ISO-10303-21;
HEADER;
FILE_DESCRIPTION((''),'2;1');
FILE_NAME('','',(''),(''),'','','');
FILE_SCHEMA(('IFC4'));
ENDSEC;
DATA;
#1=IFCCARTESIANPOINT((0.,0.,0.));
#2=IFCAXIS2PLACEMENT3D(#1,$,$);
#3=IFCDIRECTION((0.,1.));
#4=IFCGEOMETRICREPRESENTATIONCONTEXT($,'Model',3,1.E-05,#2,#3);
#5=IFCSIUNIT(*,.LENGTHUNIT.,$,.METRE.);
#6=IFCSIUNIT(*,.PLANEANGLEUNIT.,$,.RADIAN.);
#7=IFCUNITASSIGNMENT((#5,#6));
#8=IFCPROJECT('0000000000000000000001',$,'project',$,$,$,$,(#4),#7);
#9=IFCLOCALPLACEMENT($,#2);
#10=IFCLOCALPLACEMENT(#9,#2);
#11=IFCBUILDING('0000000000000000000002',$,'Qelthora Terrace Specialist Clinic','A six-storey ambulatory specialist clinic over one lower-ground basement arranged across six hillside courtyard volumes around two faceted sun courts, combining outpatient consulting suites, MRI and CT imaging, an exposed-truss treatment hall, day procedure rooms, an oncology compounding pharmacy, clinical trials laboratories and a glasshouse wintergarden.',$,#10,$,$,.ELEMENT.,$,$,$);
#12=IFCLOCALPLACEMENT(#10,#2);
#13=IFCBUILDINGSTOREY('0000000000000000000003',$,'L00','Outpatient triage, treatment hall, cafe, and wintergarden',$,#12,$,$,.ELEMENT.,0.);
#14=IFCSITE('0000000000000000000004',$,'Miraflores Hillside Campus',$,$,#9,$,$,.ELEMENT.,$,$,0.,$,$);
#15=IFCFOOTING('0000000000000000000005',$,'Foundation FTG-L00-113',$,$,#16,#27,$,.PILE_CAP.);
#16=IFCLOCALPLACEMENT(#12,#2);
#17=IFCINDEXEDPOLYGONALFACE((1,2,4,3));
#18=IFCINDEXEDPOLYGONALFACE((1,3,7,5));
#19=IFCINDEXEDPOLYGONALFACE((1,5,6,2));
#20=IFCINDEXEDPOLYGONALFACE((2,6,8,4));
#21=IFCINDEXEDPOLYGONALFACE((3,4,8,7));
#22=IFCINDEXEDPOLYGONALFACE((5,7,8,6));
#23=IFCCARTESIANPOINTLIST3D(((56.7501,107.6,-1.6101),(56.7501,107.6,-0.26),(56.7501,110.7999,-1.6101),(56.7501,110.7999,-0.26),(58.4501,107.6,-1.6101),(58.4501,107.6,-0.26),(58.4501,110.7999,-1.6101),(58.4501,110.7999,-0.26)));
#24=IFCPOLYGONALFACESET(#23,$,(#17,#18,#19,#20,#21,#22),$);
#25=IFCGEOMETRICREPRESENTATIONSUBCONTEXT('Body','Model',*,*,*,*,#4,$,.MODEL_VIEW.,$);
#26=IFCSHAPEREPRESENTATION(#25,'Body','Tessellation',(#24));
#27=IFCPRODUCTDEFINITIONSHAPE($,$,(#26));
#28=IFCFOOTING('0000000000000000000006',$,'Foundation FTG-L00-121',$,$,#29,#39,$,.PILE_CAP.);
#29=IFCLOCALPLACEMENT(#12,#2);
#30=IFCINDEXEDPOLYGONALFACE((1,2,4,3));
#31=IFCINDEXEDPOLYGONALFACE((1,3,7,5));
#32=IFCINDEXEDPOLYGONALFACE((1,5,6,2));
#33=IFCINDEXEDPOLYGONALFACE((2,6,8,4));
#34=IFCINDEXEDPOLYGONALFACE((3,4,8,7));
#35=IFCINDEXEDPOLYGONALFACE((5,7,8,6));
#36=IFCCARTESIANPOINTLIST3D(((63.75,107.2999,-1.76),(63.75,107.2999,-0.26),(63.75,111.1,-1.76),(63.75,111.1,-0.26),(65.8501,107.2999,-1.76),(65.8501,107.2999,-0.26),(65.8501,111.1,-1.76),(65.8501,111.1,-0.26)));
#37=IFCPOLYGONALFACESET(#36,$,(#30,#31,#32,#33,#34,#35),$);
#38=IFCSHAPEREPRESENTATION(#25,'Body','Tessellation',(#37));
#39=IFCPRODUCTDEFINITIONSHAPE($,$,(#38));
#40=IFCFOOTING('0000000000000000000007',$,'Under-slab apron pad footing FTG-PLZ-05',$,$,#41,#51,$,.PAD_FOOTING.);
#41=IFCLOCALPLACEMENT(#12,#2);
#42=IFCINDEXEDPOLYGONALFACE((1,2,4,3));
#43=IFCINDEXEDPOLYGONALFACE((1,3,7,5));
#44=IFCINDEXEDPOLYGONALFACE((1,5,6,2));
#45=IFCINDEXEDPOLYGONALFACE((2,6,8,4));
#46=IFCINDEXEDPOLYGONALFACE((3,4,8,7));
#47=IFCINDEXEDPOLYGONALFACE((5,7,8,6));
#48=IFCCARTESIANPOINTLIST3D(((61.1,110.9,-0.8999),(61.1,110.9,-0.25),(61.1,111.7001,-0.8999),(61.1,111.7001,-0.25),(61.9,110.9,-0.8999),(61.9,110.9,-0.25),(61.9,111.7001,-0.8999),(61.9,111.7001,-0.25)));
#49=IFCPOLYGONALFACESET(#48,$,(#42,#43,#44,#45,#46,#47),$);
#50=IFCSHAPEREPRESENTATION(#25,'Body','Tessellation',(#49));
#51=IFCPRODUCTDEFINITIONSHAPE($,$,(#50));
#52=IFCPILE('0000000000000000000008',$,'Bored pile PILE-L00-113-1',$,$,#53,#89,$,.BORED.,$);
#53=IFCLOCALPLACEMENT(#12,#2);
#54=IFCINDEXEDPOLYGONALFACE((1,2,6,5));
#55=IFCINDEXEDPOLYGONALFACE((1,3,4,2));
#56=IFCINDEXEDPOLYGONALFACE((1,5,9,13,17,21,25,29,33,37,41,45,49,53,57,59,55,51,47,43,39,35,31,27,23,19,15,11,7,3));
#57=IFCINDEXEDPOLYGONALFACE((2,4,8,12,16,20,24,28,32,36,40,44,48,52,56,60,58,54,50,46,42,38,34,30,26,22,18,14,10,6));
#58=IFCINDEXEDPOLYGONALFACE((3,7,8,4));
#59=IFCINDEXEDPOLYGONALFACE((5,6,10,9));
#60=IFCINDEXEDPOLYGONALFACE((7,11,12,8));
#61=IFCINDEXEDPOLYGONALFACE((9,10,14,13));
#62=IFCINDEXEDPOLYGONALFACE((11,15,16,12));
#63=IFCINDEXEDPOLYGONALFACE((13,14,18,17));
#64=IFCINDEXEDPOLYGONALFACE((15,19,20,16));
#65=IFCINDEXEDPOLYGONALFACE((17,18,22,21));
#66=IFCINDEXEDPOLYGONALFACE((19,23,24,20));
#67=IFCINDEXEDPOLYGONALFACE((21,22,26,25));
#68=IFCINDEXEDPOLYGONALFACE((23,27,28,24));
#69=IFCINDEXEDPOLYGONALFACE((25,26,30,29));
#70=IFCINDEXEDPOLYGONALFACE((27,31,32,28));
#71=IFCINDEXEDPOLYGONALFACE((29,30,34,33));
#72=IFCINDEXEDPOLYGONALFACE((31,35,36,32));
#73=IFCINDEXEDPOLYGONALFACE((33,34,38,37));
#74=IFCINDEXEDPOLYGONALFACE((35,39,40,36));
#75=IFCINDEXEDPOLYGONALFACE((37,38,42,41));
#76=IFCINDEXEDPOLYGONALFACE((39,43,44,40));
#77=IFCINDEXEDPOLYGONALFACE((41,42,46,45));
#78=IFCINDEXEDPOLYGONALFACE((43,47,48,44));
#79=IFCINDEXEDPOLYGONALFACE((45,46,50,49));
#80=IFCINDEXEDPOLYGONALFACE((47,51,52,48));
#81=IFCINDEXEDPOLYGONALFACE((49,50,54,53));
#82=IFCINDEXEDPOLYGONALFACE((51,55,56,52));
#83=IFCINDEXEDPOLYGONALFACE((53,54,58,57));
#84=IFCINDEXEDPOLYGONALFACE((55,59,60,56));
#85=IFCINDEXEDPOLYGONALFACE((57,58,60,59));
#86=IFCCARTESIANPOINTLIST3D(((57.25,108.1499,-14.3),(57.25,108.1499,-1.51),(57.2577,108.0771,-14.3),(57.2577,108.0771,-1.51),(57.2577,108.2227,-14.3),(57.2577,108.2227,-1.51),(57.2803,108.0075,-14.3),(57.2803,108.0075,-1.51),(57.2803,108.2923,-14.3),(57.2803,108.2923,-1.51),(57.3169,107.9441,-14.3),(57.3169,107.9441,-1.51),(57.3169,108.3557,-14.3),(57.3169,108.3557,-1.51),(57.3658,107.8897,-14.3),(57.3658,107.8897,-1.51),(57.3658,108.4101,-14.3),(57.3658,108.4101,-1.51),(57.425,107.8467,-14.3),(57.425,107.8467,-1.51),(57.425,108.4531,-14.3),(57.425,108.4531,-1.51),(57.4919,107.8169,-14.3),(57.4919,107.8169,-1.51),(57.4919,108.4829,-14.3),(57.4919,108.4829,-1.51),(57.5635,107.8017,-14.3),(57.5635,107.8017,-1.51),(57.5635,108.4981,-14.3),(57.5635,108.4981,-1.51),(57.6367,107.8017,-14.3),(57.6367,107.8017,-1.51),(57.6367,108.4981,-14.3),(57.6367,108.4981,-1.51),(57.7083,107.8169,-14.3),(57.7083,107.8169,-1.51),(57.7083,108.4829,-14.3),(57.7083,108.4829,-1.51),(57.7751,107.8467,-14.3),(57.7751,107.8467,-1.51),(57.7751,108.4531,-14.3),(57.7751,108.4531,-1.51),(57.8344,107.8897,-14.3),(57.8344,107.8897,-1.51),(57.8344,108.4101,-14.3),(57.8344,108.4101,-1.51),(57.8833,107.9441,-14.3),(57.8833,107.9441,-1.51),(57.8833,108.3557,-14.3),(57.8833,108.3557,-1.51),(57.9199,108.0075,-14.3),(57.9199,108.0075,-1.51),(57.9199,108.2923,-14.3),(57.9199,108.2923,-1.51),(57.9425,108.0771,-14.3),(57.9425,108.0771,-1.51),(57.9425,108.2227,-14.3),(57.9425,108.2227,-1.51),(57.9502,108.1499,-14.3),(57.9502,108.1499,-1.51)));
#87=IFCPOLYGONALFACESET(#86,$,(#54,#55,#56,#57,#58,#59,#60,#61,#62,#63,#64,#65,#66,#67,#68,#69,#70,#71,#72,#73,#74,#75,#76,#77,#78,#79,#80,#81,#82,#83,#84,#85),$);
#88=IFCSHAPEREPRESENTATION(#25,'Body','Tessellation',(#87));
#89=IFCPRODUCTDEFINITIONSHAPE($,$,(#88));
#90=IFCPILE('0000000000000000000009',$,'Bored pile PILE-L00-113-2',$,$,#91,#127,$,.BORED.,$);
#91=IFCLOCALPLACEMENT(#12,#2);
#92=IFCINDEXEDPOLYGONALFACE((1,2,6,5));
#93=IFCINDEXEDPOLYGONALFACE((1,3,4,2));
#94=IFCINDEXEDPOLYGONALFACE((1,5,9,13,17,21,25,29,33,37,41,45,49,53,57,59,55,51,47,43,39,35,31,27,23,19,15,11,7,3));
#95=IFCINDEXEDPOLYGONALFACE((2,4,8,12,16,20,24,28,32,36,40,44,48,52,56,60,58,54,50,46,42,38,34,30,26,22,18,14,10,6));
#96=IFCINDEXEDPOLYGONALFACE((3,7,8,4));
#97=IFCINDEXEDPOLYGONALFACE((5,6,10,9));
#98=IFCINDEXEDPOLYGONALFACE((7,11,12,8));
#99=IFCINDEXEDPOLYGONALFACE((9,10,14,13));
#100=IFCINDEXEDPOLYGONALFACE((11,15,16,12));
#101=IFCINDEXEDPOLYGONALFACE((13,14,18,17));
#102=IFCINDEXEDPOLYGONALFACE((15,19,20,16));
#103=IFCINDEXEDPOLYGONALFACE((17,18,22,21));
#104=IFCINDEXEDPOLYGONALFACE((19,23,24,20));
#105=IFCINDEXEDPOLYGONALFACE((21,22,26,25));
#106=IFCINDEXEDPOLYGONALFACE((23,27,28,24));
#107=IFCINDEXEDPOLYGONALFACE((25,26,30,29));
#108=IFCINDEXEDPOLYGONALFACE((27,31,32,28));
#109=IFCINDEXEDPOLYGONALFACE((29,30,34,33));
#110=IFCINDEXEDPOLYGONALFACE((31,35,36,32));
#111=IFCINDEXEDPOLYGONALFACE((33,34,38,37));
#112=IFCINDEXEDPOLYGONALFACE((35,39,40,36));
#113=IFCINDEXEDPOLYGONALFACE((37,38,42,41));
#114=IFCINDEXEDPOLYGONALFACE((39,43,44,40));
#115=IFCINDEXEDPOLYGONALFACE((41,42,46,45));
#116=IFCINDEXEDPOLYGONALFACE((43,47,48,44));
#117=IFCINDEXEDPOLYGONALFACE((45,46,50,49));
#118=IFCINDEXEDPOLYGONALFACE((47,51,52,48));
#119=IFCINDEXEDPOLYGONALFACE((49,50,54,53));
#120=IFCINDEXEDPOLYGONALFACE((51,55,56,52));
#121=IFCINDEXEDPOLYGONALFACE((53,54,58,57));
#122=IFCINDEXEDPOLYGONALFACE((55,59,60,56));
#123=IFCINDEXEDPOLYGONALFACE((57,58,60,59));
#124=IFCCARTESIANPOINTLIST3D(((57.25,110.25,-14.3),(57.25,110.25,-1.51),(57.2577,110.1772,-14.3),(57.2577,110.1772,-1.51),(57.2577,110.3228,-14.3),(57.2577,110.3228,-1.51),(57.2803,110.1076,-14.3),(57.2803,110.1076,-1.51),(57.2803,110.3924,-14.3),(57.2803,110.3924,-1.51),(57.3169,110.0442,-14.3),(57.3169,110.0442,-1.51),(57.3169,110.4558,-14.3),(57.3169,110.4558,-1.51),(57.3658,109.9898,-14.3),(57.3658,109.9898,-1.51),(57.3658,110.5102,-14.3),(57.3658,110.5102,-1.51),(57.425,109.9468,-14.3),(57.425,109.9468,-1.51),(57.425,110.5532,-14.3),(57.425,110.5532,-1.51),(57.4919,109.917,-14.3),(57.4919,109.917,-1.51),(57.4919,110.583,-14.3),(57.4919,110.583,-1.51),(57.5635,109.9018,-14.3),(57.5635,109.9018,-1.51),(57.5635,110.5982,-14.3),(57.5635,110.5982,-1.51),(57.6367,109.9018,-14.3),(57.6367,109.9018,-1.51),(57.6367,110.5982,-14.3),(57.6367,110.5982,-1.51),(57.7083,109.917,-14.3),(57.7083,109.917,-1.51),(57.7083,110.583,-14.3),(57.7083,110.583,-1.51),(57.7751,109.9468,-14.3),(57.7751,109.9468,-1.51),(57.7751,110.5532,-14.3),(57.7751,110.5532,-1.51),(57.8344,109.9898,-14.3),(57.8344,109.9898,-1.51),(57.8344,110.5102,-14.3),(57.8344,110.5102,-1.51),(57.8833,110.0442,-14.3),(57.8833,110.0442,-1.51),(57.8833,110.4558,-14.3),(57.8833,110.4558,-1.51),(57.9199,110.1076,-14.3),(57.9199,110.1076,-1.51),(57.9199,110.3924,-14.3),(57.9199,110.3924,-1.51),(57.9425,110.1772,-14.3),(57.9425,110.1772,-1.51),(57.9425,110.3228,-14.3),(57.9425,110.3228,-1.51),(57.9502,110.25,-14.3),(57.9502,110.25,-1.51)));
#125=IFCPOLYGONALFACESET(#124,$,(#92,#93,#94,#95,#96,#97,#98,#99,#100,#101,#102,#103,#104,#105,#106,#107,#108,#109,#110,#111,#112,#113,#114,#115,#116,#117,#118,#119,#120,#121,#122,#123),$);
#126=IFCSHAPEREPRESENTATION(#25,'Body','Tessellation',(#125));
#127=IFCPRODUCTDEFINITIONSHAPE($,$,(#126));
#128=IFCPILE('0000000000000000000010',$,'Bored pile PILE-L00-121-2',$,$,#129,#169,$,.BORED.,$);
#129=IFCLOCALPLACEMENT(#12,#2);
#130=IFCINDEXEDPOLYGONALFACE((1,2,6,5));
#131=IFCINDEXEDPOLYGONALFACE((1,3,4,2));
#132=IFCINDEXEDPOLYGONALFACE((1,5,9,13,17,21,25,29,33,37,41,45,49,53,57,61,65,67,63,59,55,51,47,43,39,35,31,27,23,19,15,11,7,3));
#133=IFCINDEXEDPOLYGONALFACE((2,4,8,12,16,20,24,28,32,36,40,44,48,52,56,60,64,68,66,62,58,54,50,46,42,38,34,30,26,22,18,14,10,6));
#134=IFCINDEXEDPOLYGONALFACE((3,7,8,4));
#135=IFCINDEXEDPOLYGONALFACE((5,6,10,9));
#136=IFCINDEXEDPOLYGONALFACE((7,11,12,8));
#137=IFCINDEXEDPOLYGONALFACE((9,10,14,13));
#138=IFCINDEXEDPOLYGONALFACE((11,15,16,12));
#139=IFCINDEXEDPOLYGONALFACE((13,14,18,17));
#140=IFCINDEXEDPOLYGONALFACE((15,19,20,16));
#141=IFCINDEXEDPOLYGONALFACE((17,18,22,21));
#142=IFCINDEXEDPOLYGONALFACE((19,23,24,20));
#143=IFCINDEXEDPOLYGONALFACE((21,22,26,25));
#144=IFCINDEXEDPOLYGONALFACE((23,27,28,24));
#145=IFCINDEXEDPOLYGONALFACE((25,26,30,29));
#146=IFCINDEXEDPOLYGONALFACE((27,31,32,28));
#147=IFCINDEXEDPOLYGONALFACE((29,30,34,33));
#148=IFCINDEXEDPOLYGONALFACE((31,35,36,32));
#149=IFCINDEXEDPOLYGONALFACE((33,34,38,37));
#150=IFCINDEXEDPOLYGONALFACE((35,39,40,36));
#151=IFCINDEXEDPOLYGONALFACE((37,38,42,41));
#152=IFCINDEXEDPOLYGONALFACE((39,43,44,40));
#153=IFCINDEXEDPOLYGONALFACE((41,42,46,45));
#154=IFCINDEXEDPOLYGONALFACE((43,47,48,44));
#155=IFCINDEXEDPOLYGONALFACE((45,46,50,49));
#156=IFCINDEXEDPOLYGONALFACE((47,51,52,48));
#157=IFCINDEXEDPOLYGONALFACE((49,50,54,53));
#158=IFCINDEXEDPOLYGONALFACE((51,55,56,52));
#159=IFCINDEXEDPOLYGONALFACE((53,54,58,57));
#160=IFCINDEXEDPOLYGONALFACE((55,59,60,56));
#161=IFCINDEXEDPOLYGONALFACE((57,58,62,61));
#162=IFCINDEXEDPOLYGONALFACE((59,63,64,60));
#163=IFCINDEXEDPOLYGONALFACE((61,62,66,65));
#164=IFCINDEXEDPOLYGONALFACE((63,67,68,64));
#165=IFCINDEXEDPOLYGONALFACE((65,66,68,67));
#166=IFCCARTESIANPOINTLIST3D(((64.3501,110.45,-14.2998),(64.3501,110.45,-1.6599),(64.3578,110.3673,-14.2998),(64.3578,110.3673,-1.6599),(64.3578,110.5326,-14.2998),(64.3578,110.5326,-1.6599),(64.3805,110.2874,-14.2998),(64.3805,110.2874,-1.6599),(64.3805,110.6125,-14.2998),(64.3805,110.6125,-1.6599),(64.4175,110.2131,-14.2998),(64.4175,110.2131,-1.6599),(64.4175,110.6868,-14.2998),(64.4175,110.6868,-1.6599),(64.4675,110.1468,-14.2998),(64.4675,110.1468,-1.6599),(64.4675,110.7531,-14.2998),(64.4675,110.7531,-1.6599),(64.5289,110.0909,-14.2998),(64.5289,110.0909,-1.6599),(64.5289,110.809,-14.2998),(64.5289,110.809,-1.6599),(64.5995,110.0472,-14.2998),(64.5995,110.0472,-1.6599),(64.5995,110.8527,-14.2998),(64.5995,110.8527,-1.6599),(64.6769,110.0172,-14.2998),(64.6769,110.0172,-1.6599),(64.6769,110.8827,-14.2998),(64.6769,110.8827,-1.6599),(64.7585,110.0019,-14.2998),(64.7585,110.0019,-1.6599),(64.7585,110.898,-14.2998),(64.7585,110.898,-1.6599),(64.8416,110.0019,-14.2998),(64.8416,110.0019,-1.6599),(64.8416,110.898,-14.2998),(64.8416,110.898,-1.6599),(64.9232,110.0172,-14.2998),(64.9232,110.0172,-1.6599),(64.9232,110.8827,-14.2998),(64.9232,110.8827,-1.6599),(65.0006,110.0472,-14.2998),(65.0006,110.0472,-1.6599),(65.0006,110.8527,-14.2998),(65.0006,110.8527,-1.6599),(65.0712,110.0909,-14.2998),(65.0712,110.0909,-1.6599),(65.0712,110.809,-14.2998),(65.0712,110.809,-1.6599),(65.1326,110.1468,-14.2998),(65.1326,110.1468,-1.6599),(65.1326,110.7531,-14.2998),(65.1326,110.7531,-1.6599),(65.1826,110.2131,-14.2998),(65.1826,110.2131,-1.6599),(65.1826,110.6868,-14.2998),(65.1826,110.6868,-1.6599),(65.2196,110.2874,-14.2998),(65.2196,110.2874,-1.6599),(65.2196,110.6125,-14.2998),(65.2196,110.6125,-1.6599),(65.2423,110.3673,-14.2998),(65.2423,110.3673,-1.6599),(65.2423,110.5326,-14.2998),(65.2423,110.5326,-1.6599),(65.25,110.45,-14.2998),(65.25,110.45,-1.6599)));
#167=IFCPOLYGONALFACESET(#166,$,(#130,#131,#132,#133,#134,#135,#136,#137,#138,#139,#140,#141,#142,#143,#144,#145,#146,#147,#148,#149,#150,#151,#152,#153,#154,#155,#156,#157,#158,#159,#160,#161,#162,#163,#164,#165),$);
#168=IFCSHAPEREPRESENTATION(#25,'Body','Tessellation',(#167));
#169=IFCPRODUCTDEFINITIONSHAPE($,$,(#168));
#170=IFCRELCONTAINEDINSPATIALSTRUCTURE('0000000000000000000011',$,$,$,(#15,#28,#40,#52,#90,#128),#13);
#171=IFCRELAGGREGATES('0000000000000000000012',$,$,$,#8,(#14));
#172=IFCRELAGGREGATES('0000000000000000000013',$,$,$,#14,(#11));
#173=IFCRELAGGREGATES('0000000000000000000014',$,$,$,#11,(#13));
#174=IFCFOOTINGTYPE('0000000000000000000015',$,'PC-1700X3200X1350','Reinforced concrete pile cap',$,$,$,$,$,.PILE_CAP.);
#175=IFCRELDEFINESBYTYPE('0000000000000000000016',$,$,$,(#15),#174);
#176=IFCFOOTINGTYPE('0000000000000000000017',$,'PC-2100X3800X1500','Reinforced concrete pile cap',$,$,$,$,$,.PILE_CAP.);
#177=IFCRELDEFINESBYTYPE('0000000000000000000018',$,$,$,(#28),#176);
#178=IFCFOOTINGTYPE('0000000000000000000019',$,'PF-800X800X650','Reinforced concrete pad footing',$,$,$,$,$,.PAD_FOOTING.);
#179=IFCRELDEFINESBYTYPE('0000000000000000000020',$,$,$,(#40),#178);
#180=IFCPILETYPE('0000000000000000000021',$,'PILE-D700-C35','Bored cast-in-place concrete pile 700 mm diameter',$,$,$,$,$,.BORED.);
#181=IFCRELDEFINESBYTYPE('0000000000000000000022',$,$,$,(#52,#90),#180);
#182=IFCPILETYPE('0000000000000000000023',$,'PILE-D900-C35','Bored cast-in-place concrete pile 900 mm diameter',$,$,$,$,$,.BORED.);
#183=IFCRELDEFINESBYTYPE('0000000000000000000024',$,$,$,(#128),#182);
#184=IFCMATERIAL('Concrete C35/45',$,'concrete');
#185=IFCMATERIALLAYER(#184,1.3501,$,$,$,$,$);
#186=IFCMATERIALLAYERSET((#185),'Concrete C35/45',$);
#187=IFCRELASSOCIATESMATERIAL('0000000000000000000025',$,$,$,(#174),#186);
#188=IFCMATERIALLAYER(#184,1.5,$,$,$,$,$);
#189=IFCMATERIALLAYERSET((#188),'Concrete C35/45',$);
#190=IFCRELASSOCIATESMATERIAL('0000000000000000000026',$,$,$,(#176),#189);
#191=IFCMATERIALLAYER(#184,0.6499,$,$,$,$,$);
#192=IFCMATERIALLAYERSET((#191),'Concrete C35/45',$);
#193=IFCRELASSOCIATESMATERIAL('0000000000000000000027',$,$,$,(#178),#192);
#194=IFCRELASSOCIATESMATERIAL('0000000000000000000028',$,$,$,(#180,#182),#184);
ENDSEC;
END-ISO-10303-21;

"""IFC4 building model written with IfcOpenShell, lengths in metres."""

from ifc_helpers import new_model, si_unit, direction, frame, origin, origin_2d, place, context, subcontext, project, spatial, rectangle, circle, extrude, material, layer, layer_set, material_profile, profile_set, type_object, element, save


model = new_model("IFC4")

# Units and contexts
model_context = context("Model", 3, precision=1e-05, world=origin(), true_north=direction((0.0, 1.0)))
body_context = subcontext(model_context, "Body", "Model", "MODEL_VIEW")
ifc_project = project(units=[si_unit("LENGTHUNIT", "METRE"), si_unit("PLANEANGLEUNIT", "RADIAN")], contexts=[model_context])

# Site, building, storey
site_placement = place(None, origin())
site = spatial("IfcSite", under=ifc_project, at=site_placement, Name="Miraflores Hillside Campus", CompositionType="ELEMENT", RefElevation=0.0)
building_placement = place(site_placement, origin())
building = spatial("IfcBuilding", under=site, at=building_placement, Name="Qelthora Terrace Specialist Clinic", Description="A six-storey ambulatory specialist clinic over one lower-ground basement arranged across six hillside courtyard volumes around two faceted sun courts, combining outpatient consulting suites, MRI and CT imaging, an exposed-truss treatment hall, day procedure rooms, an oncology compounding pharmacy, clinical trials laboratories and a glasshouse wintergarden.", CompositionType="ELEMENT")
storey_placement = place(building_placement, origin())
storey = spatial("IfcBuildingStorey", under=building, at=storey_placement, Name="L00", Description="Outpatient triage, treatment hall, cafe, and wintergarden", CompositionType="ELEMENT", Elevation=0.0)

# Footings
ifc_material_1 = material(Name="Concrete C35/45", Category="concrete")
ifc_layer_1 = layer(ifc_material_1, 1.3501)
ifc_layer_set_1 = layer_set([ifc_layer_1], Name="Concrete C35/45")
footing_type_1 = type_object("IfcFootingType", Name="PC-1700X3200X1350", Description="Reinforced concrete pile cap", PredefinedType="PILE_CAP", material=ifc_layer_set_1)
footing_1_placement = place(storey_placement, frame((57.6001, 109.2, -1.6101), z_axis=(0.0, 0.0, 1.0), x_axis=(1.0, 0.0, 0.0)))
element("IfcFooting", 1, at=footing_1_placement, inside=storey, type_object=footing_type_1, Name="Foundation FTG-L00-113", PredefinedType="PILE_CAP", context=body_context, shape_type="SweptSolid", body=[
    extrude(rectangle(XDim=1.7, YDim=3.2, at=origin_2d()), origin(), (0.0, 0.0, 1.0), 1.3501),
])
ifc_layer_2 = layer(ifc_material_1, 1.5)
ifc_layer_set_2 = layer_set([ifc_layer_2], Name="Concrete C35/45")
footing_type_2 = type_object("IfcFootingType", Name="PC-2100X3800X1500", Description="Reinforced concrete pile cap", PredefinedType="PILE_CAP", material=ifc_layer_set_2)
footing_2_placement = place(storey_placement, frame((64.8, 109.2, -1.76), z_axis=(0.0, 0.0, 1.0), x_axis=(1.0, 0.0, 0.0)))
element("IfcFooting", 2, at=footing_2_placement, inside=storey, type_object=footing_type_2, Name="Foundation FTG-L00-121", PredefinedType="PILE_CAP", context=body_context, shape_type="SweptSolid", body=[
    extrude(rectangle(XDim=2.1001, YDim=3.8, at=origin_2d()), origin(), (0.0, 0.0, 1.0), 1.5),
])
ifc_layer_3 = layer(ifc_material_1, 0.6499)
ifc_layer_set_3 = layer_set([ifc_layer_3], Name="Concrete C35/45")
footing_type_3 = type_object("IfcFootingType", Name="PF-800X800X650", Description="Reinforced concrete pad footing", PredefinedType="PAD_FOOTING", material=ifc_layer_set_3)
footing_3_placement = place(storey_placement, frame((61.5, 111.3, -0.8999), z_axis=(0.0, 0.0, 1.0), x_axis=(1.0, 0.0, 0.0)))
element("IfcFooting", 3, at=footing_3_placement, inside=storey, type_object=footing_type_3, Name="Under-slab apron pad footing FTG-PLZ-05", PredefinedType="PAD_FOOTING", context=body_context, shape_type="SweptSolid", body=[
    extrude(rectangle(XDim=0.8, YDim=0.8, at=origin_2d()), origin(), (0.0, 0.0, 1.0), 0.6499),
])

# Piles
ifc_material_profile_1 = material_profile(ifc_material_1, circle(Radius=0.3501, at=origin_2d()), Name="PILE700")
ifc_profile_set_1 = profile_set([ifc_material_profile_1], Name="Concrete C35/45")
pile_type_1 = type_object("IfcPileType", Name="PILE-D700-C35", Description="Bored cast-in-place concrete pile 700 mm diameter", PredefinedType="BORED", material=ifc_profile_set_1)
for number, where, z_axis, x_axis, name in (
    (4, (57.6001, 108.1499, -1.51), (0.0, 0.0, -1.0), (1.0, 0.0, 0.0), "Bored pile PILE-L00-113-1"),
    (5, (57.6001, 110.25, -1.51), (0.0, 0.0, -1.0), (1.0, 0.0, 0.0), "Bored pile PILE-L00-113-2"),
):
    element("IfcPile", number, at=place(storey_placement, frame(where, z_axis=z_axis, x_axis=x_axis)), inside=storey, type_object=pile_type_1, Name=name, PredefinedType="BORED", context=body_context, shape_type="SweptSolid", body=[
        extrude(circle(Radius=0.3501, at=origin_2d()), origin(), (0.0, 0.0, 1.0), 12.79),
    ])
ifc_material_profile_2 = material_profile(ifc_material_1, circle(Radius=0.45, at=origin_2d()), Name="PILE900")
ifc_profile_set_2 = profile_set([ifc_material_profile_2], Name="Concrete C35/45")
pile_type_2 = type_object("IfcPileType", Name="PILE-D900-C35", Description="Bored cast-in-place concrete pile 900 mm diameter", PredefinedType="BORED", material=ifc_profile_set_2)
pile_placement = place(storey_placement, frame((64.8, 110.45, -1.6599), z_axis=(0.0, 0.0, -1.0), x_axis=(1.0, 0.0, 0.0)))
element("IfcPile", 6, at=pile_placement, inside=storey, type_object=pile_type_2, Name="Bored pile PILE-L00-121-2", PredefinedType="BORED", context=body_context, shape_type="SweptSolid", body=[
    extrude(circle(Radius=0.45, at=origin_2d()), origin(), (0.0, 0.0, 1.0), 12.6399),
])

save(model, "model.ifc")
